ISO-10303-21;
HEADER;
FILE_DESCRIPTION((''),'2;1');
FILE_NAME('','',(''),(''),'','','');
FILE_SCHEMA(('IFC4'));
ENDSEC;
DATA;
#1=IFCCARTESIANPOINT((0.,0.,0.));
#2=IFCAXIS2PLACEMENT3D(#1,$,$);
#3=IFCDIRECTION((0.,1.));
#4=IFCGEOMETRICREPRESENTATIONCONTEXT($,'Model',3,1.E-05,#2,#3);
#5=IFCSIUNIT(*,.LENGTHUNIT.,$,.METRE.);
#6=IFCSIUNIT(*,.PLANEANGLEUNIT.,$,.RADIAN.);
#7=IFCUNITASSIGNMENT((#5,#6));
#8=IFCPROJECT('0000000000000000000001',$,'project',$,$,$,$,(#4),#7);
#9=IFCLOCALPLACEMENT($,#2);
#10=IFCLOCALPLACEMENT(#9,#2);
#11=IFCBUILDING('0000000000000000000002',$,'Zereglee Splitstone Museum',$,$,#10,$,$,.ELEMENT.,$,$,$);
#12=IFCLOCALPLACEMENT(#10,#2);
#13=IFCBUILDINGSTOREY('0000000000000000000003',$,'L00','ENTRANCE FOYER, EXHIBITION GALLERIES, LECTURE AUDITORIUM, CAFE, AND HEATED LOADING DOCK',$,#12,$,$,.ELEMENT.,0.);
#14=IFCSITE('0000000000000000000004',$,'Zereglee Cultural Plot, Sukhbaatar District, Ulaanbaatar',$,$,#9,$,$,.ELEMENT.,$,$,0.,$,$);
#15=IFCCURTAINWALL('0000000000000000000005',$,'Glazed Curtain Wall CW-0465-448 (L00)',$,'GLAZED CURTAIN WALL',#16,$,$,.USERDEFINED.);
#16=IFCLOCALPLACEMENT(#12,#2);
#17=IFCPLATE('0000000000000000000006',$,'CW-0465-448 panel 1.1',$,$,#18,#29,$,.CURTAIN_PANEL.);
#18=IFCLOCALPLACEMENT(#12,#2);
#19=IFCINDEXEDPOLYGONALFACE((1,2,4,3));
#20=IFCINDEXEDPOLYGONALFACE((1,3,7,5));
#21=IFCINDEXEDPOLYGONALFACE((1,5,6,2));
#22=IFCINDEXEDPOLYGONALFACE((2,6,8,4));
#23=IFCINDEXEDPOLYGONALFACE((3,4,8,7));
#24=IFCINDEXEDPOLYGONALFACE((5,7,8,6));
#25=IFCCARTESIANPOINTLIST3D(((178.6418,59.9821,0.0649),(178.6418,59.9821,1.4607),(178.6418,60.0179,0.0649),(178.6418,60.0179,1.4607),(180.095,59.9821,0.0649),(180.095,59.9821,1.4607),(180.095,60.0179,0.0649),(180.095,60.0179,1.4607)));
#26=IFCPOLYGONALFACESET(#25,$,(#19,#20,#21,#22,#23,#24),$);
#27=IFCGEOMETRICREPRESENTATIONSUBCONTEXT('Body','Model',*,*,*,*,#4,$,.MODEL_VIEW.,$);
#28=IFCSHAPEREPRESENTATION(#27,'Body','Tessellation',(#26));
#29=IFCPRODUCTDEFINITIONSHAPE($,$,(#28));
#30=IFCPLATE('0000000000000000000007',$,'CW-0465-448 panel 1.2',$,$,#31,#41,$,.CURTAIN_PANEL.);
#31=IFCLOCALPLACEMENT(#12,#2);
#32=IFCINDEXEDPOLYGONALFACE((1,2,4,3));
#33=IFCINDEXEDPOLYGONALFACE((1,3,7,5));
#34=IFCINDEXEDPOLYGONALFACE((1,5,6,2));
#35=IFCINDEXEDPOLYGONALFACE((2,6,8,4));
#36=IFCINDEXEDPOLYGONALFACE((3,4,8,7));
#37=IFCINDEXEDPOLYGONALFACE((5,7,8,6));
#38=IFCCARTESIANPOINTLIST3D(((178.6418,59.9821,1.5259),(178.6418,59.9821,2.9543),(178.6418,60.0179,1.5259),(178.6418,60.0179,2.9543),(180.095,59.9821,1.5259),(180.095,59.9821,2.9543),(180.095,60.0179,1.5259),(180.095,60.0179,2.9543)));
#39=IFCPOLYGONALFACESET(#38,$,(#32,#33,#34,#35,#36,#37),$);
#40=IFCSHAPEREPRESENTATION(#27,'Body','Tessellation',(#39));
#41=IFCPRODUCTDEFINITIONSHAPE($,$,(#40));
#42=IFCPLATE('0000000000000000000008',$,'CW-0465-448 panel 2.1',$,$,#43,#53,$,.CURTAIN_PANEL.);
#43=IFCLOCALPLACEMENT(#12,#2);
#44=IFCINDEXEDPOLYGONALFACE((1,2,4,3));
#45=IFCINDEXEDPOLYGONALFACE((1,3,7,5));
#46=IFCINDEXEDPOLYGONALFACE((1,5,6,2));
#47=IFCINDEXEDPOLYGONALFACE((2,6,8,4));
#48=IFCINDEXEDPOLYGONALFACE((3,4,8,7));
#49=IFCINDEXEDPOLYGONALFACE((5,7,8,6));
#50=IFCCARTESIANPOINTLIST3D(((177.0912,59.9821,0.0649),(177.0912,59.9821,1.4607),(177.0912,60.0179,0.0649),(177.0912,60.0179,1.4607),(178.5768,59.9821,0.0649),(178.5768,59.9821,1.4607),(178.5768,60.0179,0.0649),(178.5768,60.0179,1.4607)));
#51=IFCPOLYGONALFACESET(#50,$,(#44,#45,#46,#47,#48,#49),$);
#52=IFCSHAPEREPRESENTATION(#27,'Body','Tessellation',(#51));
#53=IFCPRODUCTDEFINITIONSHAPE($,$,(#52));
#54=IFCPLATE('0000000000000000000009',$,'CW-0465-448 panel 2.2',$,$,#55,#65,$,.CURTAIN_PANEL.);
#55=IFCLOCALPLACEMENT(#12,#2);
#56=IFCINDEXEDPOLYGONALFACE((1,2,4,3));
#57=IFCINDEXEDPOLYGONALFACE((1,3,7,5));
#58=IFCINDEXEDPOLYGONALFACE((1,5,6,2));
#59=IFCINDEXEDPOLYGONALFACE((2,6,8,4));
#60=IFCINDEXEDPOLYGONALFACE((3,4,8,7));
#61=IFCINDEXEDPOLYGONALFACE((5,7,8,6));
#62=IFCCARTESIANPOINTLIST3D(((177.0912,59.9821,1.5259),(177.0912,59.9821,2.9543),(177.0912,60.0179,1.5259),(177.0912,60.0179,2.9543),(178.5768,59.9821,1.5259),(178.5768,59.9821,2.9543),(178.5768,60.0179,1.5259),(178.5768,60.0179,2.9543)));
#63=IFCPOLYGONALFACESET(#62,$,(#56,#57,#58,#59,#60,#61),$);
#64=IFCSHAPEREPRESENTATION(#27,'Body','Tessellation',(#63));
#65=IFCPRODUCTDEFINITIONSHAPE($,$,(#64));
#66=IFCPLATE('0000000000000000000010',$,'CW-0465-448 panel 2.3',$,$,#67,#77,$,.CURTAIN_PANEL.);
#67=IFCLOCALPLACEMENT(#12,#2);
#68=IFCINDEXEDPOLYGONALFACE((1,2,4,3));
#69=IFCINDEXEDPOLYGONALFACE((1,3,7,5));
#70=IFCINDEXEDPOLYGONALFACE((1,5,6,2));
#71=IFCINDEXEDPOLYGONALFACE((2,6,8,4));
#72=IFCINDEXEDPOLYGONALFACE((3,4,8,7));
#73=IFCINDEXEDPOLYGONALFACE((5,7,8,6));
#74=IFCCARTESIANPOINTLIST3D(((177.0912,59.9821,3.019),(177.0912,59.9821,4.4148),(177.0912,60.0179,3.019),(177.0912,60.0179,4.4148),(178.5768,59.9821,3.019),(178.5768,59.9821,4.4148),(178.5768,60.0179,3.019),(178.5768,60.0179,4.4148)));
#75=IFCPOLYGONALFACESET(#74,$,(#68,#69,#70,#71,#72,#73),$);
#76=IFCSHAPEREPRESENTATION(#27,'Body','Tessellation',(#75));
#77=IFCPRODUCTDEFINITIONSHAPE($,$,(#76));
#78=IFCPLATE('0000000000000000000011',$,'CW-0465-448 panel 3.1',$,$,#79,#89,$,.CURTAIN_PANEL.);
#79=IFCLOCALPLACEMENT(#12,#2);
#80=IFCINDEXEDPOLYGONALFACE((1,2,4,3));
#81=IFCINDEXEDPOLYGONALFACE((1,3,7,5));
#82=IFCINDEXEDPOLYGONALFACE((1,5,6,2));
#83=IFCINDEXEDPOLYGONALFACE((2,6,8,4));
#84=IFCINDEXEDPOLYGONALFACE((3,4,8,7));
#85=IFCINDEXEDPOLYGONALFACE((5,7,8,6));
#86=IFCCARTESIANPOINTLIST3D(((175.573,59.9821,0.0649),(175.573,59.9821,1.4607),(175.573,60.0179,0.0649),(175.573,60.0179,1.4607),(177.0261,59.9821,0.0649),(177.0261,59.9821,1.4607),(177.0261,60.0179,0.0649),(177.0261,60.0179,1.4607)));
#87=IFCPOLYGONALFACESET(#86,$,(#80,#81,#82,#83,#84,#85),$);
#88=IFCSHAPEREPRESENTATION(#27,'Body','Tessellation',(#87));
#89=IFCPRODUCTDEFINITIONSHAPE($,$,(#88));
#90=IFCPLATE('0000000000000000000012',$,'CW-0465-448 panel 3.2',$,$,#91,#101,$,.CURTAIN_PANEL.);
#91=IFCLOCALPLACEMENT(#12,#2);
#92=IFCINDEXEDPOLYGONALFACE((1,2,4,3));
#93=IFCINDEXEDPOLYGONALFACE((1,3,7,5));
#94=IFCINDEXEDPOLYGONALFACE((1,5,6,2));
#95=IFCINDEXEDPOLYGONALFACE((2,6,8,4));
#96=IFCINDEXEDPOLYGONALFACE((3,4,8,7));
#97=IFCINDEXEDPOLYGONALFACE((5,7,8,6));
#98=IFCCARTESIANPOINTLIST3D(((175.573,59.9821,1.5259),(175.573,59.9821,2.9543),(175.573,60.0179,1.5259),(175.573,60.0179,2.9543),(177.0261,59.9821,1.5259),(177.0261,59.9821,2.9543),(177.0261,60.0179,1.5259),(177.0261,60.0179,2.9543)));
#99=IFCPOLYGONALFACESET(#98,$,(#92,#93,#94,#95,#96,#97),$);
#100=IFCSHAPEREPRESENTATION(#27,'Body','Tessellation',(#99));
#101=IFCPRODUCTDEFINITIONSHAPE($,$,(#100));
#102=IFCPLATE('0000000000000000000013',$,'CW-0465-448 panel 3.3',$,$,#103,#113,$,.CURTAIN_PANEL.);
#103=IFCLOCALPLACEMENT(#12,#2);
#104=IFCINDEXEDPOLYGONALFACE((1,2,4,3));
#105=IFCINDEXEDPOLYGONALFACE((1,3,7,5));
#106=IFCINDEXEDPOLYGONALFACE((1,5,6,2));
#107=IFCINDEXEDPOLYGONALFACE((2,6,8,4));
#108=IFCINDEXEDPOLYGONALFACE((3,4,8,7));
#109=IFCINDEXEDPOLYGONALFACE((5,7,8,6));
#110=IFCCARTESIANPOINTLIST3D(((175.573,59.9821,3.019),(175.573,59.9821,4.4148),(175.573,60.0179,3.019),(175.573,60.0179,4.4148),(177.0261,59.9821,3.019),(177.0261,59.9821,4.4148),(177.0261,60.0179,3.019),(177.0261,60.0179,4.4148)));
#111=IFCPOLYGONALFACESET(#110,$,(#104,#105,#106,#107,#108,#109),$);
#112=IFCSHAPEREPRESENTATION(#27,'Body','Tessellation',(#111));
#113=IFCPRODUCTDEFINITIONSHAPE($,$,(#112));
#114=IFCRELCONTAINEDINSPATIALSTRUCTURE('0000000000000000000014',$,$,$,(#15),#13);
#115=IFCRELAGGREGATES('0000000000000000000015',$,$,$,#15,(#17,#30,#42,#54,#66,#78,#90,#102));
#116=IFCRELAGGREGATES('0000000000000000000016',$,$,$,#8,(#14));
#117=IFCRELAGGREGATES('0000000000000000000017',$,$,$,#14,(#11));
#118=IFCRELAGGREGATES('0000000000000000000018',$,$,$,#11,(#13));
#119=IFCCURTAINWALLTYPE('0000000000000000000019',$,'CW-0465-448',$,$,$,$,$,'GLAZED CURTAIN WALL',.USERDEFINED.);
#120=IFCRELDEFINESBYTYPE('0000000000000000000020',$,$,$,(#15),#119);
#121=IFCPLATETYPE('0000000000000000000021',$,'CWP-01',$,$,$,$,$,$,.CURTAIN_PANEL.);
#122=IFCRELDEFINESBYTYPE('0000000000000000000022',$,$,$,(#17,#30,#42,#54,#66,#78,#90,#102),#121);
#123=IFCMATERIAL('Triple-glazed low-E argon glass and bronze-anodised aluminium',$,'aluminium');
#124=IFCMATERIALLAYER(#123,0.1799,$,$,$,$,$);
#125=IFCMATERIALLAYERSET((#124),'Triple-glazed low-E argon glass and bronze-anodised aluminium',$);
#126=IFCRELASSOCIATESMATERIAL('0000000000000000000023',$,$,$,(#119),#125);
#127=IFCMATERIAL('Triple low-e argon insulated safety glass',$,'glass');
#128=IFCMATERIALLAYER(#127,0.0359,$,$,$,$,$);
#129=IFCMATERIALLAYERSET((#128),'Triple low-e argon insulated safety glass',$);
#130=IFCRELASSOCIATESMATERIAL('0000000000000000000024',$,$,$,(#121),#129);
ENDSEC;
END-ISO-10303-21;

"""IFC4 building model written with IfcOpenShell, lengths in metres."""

from ifc_helpers import new_model, si_unit, direction, frame, origin, origin_2d, place, context, subcontext, project, spatial, rectangle, extrude, material, layer, layer_set, type_object, element, aggregate, save


model = new_model("IFC4")

# Units and contexts
model_context = context("Model", 3, precision=1e-05, world=origin(), true_north=direction((0.0, 1.0)))
body_context = subcontext(model_context, "Body", "Model", "MODEL_VIEW")
ifc_project = project(units=[si_unit("LENGTHUNIT", "METRE"), si_unit("PLANEANGLEUNIT", "RADIAN")], contexts=[model_context])

# Site, building, storey
site_placement = place(None, origin())
site = spatial("IfcSite", under=ifc_project, at=site_placement, Name="Zereglee Cultural Plot, Sukhbaatar District, Ulaanbaatar", CompositionType="ELEMENT", RefElevation=0.0)
building_placement = place(site_placement, origin())
building = spatial("IfcBuilding", under=site, at=building_placement, Name="Zereglee Splitstone Museum", CompositionType="ELEMENT")
storey_placement = place(building_placement, origin())
storey = spatial("IfcBuildingStorey", under=building, at=storey_placement, Name="L00", Description="ENTRANCE FOYER, EXHIBITION GALLERIES, LECTURE AUDITORIUM, CAFE, AND HEATED LOADING DOCK", CompositionType="ELEMENT", Elevation=0.0)

# Curtain wall
ifc_material_1 = material(Name="Triple-glazed low-E argon glass and bronze-anodised aluminium", Category="aluminium")
ifc_layer_1 = layer(ifc_material_1, 0.1799)
ifc_layer_set_1 = layer_set([ifc_layer_1], Name="Triple-glazed low-E argon glass and bronze-anodised aluminium")
curtain_wall_type = type_object("IfcCurtainWallType", Name="CW-0465-448", ElementType="GLAZED CURTAIN WALL", PredefinedType="USERDEFINED", material=ifc_layer_set_1)
curtain_wall_placement = place(storey_placement, origin())
curtain_wall = element("IfcCurtainWall", 1, at=curtain_wall_placement, inside=storey, type_object=curtain_wall_type, Name="Glazed Curtain Wall CW-0465-448 (L00)", ObjectType="GLAZED CURTAIN WALL", PredefinedType="USERDEFINED")

# Plates
ifc_material_2 = material(Name="Triple low-e argon insulated safety glass", Category="glass")
ifc_layer_2 = layer(ifc_material_2, 0.0359)
ifc_layer_set_2 = layer_set([ifc_layer_2], Name="Triple low-e argon insulated safety glass")
plate_type = type_object("IfcPlateType", Name="CWP-01", PredefinedType="CURTAIN_PANEL", material=ifc_layer_set_2)
plate_1_placement = place(storey_placement, frame((179.3684, 60.0, 0.0649), z_axis=(0.0, 0.0, 1.0), x_axis=(-1.0, 0.0, 0.0)))
plate_1 = element("IfcPlate", 2, at=plate_1_placement, type_object=plate_type, Name="CW-0465-448 panel 1.1", PredefinedType="CURTAIN_PANEL", context=body_context, shape_type="SweptSolid", body=[
    extrude(rectangle(XDim=1.4531, YDim=0.0359, at=origin_2d()), origin(), (0.0, 0.0, 1.0), 1.3958),
])
plate_2_placement = place(storey_placement, frame((179.3684, 60.0, 1.5259), z_axis=(0.0, 0.0, 1.0), x_axis=(-1.0, 0.0, 0.0)))
plate_2 = element("IfcPlate", 3, at=plate_2_placement, type_object=plate_type, Name="CW-0465-448 panel 1.2", PredefinedType="CURTAIN_PANEL", context=body_context, shape_type="SweptSolid", body=[
    extrude(rectangle(XDim=1.4531, YDim=0.0359, at=origin_2d()), origin(), (0.0, 0.0, 1.0), 1.4285),
])
plate_3_placement = place(storey_placement, frame((177.834, 60.0, 0.0649), z_axis=(0.0, 0.0, 1.0), x_axis=(-1.0, 0.0, 0.0)))
plate_3 = element("IfcPlate", 4, at=plate_3_placement, type_object=plate_type, Name="CW-0465-448 panel 2.1", PredefinedType="CURTAIN_PANEL", context=body_context, shape_type="SweptSolid", body=[
    extrude(rectangle(XDim=1.4856, YDim=0.0359, at=origin_2d()), origin(), (0.0, 0.0, 1.0), 1.3958),
])
plate_4_placement = place(storey_placement, frame((177.834, 60.0, 1.5259), z_axis=(0.0, 0.0, 1.0), x_axis=(-1.0, 0.0, 0.0)))
plate_4 = element("IfcPlate", 5, at=plate_4_placement, type_object=plate_type, Name="CW-0465-448 panel 2.2", PredefinedType="CURTAIN_PANEL", context=body_context, shape_type="SweptSolid", body=[
    extrude(rectangle(XDim=1.4856, YDim=0.0359, at=origin_2d()), origin(), (0.0, 0.0, 1.0), 1.4285),
])
plate_5_placement = place(storey_placement, frame((177.834, 60.0, 3.019), z_axis=(0.0, 0.0, 1.0), x_axis=(-1.0, 0.0, 0.0)))
plate_5 = element("IfcPlate", 6, at=plate_5_placement, type_object=plate_type, Name="CW-0465-448 panel 2.3", PredefinedType="CURTAIN_PANEL", context=body_context, shape_type="SweptSolid", body=[
    extrude(rectangle(XDim=1.4856, YDim=0.0359, at=origin_2d()), origin(), (0.0, 0.0, 1.0), 1.3958),
])
plate_6_placement = place(storey_placement, frame((176.2996, 60.0, 0.0649), z_axis=(0.0, 0.0, 1.0), x_axis=(-1.0, 0.0, 0.0)))
plate_6 = element("IfcPlate", 7, at=plate_6_placement, type_object=plate_type, Name="CW-0465-448 panel 3.1", PredefinedType="CURTAIN_PANEL", context=body_context, shape_type="SweptSolid", body=[
    extrude(rectangle(XDim=1.4531, YDim=0.0359, at=origin_2d()), origin(), (0.0, 0.0, 1.0), 1.3958),
])
plate_7_placement = place(storey_placement, frame((176.2996, 60.0, 1.5259), z_axis=(0.0, 0.0, 1.0), x_axis=(-1.0, 0.0, 0.0)))
plate_7 = element("IfcPlate", 8, at=plate_7_placement, type_object=plate_type, Name="CW-0465-448 panel 3.2", PredefinedType="CURTAIN_PANEL", context=body_context, shape_type="SweptSolid", body=[
    extrude(rectangle(XDim=1.4531, YDim=0.0359, at=origin_2d()), origin(), (0.0, 0.0, 1.0), 1.4285),
])
plate_8_placement = place(storey_placement, frame((176.2996, 60.0, 3.019), z_axis=(0.0, 0.0, 1.0), x_axis=(-1.0, 0.0, 0.0)))
plate_8 = element("IfcPlate", 9, at=plate_8_placement, type_object=plate_type, Name="CW-0465-448 panel 3.3", PredefinedType="CURTAIN_PANEL", context=body_context, shape_type="SweptSolid", body=[
    extrude(rectangle(XDim=1.4531, YDim=0.0359, at=origin_2d()), origin(), (0.0, 0.0, 1.0), 1.3958),
])
aggregate(curtain_wall, [plate_1, plate_2, plate_3, plate_4, plate_5, plate_6, plate_7, plate_8])

save(model, "model.ifc")
